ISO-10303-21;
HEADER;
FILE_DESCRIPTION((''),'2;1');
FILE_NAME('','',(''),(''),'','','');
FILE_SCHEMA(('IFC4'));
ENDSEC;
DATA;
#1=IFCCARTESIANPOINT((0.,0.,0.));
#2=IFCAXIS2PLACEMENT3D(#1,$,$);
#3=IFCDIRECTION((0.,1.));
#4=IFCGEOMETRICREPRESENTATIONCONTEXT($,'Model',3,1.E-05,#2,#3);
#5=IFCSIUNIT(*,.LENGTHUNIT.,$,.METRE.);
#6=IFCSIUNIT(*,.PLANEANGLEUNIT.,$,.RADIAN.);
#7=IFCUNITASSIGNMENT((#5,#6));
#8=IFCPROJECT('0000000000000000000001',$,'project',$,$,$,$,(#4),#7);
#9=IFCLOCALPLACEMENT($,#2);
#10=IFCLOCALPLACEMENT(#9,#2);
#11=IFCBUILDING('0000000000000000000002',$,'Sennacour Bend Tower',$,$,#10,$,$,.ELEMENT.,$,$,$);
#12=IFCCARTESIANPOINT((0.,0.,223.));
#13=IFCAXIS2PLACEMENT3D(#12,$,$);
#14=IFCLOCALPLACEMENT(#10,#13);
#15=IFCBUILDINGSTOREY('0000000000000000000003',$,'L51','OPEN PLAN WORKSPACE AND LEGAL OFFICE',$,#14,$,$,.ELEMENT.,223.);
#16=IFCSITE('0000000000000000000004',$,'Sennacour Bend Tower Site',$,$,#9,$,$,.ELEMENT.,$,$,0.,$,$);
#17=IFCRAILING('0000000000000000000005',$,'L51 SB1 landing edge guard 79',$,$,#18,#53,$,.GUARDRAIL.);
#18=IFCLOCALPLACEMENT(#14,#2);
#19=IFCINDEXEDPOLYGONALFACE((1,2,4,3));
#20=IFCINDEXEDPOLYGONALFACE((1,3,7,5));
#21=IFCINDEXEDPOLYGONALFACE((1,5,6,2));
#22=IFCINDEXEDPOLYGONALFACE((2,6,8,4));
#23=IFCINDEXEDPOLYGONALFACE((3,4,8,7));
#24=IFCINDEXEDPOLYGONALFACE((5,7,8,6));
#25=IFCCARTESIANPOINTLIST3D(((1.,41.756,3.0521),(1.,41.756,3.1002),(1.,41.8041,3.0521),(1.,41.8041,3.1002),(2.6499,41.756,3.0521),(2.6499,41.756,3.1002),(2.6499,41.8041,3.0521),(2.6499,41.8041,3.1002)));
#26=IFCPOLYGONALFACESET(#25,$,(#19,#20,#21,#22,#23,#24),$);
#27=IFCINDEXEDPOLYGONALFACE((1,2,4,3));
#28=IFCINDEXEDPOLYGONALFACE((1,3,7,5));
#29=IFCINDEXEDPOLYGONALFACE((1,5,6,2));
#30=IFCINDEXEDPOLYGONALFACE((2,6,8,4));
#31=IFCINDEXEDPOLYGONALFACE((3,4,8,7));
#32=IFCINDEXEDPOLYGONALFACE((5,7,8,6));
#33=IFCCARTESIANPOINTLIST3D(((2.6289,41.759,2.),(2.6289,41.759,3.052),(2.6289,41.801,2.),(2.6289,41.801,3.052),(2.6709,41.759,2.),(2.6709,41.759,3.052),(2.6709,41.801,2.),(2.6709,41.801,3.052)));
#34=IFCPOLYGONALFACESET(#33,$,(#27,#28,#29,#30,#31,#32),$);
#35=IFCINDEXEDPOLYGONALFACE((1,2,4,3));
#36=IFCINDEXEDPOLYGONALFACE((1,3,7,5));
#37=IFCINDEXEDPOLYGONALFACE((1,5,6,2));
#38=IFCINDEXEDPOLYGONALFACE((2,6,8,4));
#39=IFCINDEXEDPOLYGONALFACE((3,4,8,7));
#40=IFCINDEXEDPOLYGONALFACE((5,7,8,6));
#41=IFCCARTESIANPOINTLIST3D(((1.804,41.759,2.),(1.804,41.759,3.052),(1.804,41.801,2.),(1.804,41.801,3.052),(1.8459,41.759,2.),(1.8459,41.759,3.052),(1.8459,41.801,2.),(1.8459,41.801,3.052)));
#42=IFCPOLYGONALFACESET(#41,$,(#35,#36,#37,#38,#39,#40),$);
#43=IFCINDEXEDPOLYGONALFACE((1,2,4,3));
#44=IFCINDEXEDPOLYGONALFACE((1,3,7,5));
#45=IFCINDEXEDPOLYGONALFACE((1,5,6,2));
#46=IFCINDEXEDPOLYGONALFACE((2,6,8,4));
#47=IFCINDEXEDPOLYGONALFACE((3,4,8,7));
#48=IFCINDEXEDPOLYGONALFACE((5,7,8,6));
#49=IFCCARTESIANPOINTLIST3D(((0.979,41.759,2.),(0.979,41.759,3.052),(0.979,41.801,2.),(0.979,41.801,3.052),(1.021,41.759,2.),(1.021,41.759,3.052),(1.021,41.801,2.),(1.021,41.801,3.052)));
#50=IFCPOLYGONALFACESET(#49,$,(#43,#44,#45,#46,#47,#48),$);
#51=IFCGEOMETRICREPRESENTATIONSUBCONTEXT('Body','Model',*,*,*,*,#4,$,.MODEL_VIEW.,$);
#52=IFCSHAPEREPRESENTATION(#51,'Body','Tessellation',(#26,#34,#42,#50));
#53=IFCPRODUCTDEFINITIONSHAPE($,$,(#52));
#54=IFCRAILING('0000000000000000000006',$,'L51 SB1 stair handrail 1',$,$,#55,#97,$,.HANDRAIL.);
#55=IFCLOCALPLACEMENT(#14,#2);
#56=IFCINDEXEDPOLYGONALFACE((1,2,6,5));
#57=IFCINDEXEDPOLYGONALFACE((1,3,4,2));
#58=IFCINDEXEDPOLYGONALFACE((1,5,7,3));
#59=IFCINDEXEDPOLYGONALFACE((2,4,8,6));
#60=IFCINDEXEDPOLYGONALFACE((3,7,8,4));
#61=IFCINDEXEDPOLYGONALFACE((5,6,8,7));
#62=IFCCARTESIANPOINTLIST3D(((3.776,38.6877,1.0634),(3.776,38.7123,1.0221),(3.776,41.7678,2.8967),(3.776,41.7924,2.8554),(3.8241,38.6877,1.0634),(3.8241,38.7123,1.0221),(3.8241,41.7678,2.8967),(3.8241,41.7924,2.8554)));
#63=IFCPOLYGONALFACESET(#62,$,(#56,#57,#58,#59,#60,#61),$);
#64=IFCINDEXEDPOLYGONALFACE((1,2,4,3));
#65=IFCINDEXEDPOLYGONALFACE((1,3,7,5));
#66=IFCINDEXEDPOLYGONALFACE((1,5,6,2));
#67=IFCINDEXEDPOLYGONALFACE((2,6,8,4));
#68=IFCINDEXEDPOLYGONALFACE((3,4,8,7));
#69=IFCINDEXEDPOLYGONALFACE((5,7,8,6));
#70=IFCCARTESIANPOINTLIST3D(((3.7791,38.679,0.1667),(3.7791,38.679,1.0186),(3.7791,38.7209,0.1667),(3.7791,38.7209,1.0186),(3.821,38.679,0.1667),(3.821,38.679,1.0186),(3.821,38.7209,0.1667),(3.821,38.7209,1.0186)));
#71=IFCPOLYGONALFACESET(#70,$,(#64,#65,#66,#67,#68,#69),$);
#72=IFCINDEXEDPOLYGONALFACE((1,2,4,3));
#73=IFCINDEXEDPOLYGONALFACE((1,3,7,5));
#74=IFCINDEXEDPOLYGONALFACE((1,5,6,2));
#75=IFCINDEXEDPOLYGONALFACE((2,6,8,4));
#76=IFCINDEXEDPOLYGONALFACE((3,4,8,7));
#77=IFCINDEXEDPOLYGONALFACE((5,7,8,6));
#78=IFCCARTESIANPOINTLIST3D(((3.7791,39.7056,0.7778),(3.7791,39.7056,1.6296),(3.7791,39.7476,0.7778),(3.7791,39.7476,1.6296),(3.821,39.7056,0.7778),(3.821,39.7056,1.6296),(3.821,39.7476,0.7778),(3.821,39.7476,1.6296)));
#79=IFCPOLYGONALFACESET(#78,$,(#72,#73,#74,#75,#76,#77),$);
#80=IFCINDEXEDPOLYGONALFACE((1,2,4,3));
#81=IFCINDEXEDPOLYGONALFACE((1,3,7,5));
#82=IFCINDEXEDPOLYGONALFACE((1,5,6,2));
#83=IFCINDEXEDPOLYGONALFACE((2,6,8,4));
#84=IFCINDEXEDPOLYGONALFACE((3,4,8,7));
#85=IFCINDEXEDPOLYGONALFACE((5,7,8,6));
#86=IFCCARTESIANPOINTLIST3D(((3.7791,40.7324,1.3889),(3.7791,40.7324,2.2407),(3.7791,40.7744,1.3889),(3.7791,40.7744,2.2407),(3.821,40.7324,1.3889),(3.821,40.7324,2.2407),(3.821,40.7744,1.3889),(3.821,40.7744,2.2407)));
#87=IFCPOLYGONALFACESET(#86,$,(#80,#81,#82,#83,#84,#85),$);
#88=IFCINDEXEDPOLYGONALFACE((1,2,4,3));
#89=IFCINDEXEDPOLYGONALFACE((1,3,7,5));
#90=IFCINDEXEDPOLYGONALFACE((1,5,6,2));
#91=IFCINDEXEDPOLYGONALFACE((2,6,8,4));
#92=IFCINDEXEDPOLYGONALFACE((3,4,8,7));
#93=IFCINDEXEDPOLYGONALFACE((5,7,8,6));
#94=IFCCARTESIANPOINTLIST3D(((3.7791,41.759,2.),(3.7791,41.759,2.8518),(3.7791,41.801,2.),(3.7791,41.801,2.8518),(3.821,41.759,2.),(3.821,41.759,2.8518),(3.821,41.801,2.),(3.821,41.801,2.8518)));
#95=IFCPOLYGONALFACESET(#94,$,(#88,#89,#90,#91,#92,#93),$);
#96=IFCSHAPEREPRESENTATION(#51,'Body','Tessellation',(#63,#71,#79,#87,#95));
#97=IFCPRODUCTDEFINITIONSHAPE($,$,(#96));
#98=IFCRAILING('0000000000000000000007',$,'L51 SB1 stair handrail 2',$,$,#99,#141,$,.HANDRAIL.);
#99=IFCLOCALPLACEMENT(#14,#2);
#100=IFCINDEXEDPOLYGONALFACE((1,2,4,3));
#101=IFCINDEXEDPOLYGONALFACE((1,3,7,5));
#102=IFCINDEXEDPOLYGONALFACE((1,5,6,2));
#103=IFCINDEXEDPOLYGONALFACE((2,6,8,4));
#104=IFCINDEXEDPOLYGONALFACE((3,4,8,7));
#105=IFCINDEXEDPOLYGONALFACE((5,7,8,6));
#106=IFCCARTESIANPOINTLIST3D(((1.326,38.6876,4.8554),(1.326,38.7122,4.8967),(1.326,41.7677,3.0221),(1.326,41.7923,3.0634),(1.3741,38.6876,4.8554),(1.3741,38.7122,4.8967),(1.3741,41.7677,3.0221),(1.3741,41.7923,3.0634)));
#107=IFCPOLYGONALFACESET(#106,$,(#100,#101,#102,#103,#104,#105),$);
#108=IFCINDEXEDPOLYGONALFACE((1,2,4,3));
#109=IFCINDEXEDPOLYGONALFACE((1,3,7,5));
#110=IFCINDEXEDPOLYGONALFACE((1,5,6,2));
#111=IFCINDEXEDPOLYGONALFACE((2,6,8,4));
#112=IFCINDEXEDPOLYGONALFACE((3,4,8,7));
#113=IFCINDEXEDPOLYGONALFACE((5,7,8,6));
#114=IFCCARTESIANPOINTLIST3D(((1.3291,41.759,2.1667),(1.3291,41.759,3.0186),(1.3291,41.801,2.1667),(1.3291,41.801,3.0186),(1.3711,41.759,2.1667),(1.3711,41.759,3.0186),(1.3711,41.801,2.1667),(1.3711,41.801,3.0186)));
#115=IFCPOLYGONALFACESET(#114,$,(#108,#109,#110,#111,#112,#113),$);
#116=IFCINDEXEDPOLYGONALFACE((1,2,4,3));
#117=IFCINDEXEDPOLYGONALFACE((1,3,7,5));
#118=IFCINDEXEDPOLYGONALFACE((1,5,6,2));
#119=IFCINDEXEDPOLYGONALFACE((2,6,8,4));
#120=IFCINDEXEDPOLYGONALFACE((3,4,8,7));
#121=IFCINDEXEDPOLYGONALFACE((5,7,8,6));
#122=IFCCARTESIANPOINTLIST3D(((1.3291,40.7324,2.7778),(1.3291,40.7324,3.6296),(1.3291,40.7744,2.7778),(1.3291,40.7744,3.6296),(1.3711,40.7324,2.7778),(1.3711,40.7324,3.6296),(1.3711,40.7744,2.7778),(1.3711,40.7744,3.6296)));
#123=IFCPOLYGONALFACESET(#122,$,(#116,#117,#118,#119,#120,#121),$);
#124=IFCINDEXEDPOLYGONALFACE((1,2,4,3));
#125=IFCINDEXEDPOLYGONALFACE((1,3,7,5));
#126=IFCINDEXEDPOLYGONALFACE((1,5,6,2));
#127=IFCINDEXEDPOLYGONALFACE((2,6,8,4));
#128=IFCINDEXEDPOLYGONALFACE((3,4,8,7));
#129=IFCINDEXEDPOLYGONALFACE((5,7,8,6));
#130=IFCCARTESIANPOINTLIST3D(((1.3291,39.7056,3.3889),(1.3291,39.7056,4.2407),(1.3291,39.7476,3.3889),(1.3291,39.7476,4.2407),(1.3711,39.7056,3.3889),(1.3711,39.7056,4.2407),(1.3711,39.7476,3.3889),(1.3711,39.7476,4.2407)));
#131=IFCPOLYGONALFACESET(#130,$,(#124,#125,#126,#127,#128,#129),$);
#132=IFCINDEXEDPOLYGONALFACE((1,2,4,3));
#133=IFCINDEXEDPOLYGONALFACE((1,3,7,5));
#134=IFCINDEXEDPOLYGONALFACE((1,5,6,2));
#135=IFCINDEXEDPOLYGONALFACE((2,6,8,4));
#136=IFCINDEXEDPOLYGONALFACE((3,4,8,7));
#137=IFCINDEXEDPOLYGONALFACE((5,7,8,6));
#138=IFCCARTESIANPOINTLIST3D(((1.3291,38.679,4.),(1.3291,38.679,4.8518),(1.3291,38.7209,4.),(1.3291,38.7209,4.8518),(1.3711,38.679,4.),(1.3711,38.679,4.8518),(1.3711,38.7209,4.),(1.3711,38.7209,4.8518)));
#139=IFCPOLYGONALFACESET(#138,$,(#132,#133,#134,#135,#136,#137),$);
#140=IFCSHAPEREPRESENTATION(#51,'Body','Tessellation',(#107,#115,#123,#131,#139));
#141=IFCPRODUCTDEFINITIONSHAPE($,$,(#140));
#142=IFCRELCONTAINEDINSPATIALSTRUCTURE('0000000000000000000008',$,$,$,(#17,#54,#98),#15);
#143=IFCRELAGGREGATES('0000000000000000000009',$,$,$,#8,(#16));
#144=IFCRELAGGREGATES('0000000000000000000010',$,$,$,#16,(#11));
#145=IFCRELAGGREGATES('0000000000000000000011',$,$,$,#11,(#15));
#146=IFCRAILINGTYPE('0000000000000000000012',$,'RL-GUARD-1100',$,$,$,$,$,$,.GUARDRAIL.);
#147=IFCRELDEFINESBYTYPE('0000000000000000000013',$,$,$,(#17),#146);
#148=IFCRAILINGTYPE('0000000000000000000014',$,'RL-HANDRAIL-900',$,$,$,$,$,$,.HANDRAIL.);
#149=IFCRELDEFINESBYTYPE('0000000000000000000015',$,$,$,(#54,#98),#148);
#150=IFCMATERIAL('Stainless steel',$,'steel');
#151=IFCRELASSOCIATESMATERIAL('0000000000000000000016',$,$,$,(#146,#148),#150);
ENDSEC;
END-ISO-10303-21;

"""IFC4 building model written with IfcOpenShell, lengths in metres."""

from ifc_helpers import new_model, si_unit, direction, frame, origin, origin_2d, place, context, subcontext, project, spatial, rectangle, extrude, material, type_object, element, save


model = new_model("IFC4")

# Units and contexts
model_context = context("Model", 3, precision=1e-05, world=origin(), true_north=direction((0.0, 1.0)))
body_context = subcontext(model_context, "Body", "Model", "MODEL_VIEW")
ifc_project = project(units=[si_unit("LENGTHUNIT", "METRE"), si_unit("PLANEANGLEUNIT", "RADIAN")], contexts=[model_context])

# Site, building, storey
site_placement = place(None, origin())
site = spatial("IfcSite", under=ifc_project, at=site_placement, Name="Sennacour Bend Tower Site", CompositionType="ELEMENT", RefElevation=0.0)
building_placement = place(site_placement, origin())
building = spatial("IfcBuilding", under=site, at=building_placement, Name="Sennacour Bend Tower", CompositionType="ELEMENT")
storey_placement = place(building_placement, frame((0.0, 0.0, 223.0)))
storey = spatial("IfcBuildingStorey", under=building, at=storey_placement, Name="L51", Description="OPEN PLAN WORKSPACE AND LEGAL OFFICE", CompositionType="ELEMENT", Elevation=223.0)

# Railings
ifc_material_1 = material(Name="Stainless steel", Category="steel")
railing_type_1 = type_object("IfcRailingType", Name="RL-GUARD-1100", PredefinedType="GUARDRAIL", material=ifc_material_1)
railing_1_placement = place(storey_placement, frame((2.6499, 41.78, 2.0)))
element("IfcRailing", 1, at=railing_1_placement, inside=storey, type_object=railing_type_1, Name="L51 SB1 landing edge guard 79", PredefinedType="GUARDRAIL", context=body_context, shape_type="SweptSolid", body=[
    extrude(rectangle(XDim=0.0481, YDim=0.0481, at=origin_2d()), frame((0.0, 0.0, 1.0762), z_axis=(-1.0, 0.0, 0.0), x_axis=(0.0, -1.0, 0.0)), (0.0, 0.0, 1.0), 1.6499),
    extrude(rectangle(XDim=0.042, YDim=0.042, at=origin_2d()), origin(), (0.0, 0.0, 1.0), 1.052),
    extrude(rectangle(XDim=0.042, YDim=0.042, at=origin_2d()), frame((-0.825, 0.0, 0.0)), (0.0, 0.0, 1.0), 1.052),
    extrude(rectangle(XDim=0.042, YDim=0.042, at=origin_2d()), frame((-1.6499, 0.0, 0.0)), (0.0, 0.0, 1.0), 1.052),
])
railing_type_2 = type_object("IfcRailingType", Name="RL-HANDRAIL-900", PredefinedType="HANDRAIL", material=ifc_material_1)
railing_2_placement = place(storey_placement, frame((3.8, 38.7, 0.1667)))
element("IfcRailing", 2, at=railing_2_placement, inside=storey, type_object=railing_type_2, Name="L51 SB1 stair handrail 1", PredefinedType="HANDRAIL", context=body_context, shape_type="SweptSolid", body=[
    extrude(rectangle(XDim=0.0481, YDim=0.0481, at=origin_2d()), frame((0.0, 0.0, 0.876), z_axis=(0.0, 0.859309, 0.511458), x_axis=(-1.0, 0.0, 0.0)), (0.0, 0.0, 1.0), 3.5845),
    extrude(rectangle(XDim=0.042, YDim=0.042, at=origin_2d()), origin(), (0.0, 0.0, 1.0), 0.8518),
    extrude(rectangle(XDim=0.042, YDim=0.042, at=origin_2d()), frame((0.0, 1.0266, 0.6111)), (0.0, 0.0, 1.0), 0.8518),
    extrude(rectangle(XDim=0.042, YDim=0.042, at=origin_2d()), frame((0.0, 2.0535, 1.2222)), (0.0, 0.0, 1.0), 0.8518),
    extrude(rectangle(XDim=0.042, YDim=0.042, at=origin_2d()), frame((0.0, 3.0801, 1.8333)), (0.0, 0.0, 1.0), 0.8518),
])
railing_3_placement = place(storey_placement, frame((1.3501, 41.78, 2.1667)))
element("IfcRailing", 3, at=railing_3_placement, inside=storey, type_object=railing_type_2, Name="L51 SB1 stair handrail 2", PredefinedType="HANDRAIL", context=body_context, shape_type="SweptSolid", body=[
    extrude(rectangle(XDim=0.0481, YDim=0.0481, at=origin_2d()), frame((0.0, 0.0, 0.876), z_axis=(0.0, -0.859309, 0.511458), x_axis=(1.0, 0.0, 0.0)), (0.0, 0.0, 1.0), 3.5845),
    extrude(rectangle(XDim=0.042, YDim=0.042, at=origin_2d()), origin(), (0.0, 0.0, 1.0), 0.8518),
    extrude(rectangle(XDim=0.042, YDim=0.042, at=origin_2d()), frame((0.0, -1.0266, 0.6111)), (0.0, 0.0, 1.0), 0.8518),
    extrude(rectangle(XDim=0.042, YDim=0.042, at=origin_2d()), frame((0.0, -2.0535, 1.2222)), (0.0, 0.0, 1.0), 0.8518),
    extrude(rectangle(XDim=0.042, YDim=0.042, at=origin_2d()), frame((0.0, -3.0801, 1.8333)), (0.0, 0.0, 1.0), 0.8518),
])

save(model, "model.ifc")
